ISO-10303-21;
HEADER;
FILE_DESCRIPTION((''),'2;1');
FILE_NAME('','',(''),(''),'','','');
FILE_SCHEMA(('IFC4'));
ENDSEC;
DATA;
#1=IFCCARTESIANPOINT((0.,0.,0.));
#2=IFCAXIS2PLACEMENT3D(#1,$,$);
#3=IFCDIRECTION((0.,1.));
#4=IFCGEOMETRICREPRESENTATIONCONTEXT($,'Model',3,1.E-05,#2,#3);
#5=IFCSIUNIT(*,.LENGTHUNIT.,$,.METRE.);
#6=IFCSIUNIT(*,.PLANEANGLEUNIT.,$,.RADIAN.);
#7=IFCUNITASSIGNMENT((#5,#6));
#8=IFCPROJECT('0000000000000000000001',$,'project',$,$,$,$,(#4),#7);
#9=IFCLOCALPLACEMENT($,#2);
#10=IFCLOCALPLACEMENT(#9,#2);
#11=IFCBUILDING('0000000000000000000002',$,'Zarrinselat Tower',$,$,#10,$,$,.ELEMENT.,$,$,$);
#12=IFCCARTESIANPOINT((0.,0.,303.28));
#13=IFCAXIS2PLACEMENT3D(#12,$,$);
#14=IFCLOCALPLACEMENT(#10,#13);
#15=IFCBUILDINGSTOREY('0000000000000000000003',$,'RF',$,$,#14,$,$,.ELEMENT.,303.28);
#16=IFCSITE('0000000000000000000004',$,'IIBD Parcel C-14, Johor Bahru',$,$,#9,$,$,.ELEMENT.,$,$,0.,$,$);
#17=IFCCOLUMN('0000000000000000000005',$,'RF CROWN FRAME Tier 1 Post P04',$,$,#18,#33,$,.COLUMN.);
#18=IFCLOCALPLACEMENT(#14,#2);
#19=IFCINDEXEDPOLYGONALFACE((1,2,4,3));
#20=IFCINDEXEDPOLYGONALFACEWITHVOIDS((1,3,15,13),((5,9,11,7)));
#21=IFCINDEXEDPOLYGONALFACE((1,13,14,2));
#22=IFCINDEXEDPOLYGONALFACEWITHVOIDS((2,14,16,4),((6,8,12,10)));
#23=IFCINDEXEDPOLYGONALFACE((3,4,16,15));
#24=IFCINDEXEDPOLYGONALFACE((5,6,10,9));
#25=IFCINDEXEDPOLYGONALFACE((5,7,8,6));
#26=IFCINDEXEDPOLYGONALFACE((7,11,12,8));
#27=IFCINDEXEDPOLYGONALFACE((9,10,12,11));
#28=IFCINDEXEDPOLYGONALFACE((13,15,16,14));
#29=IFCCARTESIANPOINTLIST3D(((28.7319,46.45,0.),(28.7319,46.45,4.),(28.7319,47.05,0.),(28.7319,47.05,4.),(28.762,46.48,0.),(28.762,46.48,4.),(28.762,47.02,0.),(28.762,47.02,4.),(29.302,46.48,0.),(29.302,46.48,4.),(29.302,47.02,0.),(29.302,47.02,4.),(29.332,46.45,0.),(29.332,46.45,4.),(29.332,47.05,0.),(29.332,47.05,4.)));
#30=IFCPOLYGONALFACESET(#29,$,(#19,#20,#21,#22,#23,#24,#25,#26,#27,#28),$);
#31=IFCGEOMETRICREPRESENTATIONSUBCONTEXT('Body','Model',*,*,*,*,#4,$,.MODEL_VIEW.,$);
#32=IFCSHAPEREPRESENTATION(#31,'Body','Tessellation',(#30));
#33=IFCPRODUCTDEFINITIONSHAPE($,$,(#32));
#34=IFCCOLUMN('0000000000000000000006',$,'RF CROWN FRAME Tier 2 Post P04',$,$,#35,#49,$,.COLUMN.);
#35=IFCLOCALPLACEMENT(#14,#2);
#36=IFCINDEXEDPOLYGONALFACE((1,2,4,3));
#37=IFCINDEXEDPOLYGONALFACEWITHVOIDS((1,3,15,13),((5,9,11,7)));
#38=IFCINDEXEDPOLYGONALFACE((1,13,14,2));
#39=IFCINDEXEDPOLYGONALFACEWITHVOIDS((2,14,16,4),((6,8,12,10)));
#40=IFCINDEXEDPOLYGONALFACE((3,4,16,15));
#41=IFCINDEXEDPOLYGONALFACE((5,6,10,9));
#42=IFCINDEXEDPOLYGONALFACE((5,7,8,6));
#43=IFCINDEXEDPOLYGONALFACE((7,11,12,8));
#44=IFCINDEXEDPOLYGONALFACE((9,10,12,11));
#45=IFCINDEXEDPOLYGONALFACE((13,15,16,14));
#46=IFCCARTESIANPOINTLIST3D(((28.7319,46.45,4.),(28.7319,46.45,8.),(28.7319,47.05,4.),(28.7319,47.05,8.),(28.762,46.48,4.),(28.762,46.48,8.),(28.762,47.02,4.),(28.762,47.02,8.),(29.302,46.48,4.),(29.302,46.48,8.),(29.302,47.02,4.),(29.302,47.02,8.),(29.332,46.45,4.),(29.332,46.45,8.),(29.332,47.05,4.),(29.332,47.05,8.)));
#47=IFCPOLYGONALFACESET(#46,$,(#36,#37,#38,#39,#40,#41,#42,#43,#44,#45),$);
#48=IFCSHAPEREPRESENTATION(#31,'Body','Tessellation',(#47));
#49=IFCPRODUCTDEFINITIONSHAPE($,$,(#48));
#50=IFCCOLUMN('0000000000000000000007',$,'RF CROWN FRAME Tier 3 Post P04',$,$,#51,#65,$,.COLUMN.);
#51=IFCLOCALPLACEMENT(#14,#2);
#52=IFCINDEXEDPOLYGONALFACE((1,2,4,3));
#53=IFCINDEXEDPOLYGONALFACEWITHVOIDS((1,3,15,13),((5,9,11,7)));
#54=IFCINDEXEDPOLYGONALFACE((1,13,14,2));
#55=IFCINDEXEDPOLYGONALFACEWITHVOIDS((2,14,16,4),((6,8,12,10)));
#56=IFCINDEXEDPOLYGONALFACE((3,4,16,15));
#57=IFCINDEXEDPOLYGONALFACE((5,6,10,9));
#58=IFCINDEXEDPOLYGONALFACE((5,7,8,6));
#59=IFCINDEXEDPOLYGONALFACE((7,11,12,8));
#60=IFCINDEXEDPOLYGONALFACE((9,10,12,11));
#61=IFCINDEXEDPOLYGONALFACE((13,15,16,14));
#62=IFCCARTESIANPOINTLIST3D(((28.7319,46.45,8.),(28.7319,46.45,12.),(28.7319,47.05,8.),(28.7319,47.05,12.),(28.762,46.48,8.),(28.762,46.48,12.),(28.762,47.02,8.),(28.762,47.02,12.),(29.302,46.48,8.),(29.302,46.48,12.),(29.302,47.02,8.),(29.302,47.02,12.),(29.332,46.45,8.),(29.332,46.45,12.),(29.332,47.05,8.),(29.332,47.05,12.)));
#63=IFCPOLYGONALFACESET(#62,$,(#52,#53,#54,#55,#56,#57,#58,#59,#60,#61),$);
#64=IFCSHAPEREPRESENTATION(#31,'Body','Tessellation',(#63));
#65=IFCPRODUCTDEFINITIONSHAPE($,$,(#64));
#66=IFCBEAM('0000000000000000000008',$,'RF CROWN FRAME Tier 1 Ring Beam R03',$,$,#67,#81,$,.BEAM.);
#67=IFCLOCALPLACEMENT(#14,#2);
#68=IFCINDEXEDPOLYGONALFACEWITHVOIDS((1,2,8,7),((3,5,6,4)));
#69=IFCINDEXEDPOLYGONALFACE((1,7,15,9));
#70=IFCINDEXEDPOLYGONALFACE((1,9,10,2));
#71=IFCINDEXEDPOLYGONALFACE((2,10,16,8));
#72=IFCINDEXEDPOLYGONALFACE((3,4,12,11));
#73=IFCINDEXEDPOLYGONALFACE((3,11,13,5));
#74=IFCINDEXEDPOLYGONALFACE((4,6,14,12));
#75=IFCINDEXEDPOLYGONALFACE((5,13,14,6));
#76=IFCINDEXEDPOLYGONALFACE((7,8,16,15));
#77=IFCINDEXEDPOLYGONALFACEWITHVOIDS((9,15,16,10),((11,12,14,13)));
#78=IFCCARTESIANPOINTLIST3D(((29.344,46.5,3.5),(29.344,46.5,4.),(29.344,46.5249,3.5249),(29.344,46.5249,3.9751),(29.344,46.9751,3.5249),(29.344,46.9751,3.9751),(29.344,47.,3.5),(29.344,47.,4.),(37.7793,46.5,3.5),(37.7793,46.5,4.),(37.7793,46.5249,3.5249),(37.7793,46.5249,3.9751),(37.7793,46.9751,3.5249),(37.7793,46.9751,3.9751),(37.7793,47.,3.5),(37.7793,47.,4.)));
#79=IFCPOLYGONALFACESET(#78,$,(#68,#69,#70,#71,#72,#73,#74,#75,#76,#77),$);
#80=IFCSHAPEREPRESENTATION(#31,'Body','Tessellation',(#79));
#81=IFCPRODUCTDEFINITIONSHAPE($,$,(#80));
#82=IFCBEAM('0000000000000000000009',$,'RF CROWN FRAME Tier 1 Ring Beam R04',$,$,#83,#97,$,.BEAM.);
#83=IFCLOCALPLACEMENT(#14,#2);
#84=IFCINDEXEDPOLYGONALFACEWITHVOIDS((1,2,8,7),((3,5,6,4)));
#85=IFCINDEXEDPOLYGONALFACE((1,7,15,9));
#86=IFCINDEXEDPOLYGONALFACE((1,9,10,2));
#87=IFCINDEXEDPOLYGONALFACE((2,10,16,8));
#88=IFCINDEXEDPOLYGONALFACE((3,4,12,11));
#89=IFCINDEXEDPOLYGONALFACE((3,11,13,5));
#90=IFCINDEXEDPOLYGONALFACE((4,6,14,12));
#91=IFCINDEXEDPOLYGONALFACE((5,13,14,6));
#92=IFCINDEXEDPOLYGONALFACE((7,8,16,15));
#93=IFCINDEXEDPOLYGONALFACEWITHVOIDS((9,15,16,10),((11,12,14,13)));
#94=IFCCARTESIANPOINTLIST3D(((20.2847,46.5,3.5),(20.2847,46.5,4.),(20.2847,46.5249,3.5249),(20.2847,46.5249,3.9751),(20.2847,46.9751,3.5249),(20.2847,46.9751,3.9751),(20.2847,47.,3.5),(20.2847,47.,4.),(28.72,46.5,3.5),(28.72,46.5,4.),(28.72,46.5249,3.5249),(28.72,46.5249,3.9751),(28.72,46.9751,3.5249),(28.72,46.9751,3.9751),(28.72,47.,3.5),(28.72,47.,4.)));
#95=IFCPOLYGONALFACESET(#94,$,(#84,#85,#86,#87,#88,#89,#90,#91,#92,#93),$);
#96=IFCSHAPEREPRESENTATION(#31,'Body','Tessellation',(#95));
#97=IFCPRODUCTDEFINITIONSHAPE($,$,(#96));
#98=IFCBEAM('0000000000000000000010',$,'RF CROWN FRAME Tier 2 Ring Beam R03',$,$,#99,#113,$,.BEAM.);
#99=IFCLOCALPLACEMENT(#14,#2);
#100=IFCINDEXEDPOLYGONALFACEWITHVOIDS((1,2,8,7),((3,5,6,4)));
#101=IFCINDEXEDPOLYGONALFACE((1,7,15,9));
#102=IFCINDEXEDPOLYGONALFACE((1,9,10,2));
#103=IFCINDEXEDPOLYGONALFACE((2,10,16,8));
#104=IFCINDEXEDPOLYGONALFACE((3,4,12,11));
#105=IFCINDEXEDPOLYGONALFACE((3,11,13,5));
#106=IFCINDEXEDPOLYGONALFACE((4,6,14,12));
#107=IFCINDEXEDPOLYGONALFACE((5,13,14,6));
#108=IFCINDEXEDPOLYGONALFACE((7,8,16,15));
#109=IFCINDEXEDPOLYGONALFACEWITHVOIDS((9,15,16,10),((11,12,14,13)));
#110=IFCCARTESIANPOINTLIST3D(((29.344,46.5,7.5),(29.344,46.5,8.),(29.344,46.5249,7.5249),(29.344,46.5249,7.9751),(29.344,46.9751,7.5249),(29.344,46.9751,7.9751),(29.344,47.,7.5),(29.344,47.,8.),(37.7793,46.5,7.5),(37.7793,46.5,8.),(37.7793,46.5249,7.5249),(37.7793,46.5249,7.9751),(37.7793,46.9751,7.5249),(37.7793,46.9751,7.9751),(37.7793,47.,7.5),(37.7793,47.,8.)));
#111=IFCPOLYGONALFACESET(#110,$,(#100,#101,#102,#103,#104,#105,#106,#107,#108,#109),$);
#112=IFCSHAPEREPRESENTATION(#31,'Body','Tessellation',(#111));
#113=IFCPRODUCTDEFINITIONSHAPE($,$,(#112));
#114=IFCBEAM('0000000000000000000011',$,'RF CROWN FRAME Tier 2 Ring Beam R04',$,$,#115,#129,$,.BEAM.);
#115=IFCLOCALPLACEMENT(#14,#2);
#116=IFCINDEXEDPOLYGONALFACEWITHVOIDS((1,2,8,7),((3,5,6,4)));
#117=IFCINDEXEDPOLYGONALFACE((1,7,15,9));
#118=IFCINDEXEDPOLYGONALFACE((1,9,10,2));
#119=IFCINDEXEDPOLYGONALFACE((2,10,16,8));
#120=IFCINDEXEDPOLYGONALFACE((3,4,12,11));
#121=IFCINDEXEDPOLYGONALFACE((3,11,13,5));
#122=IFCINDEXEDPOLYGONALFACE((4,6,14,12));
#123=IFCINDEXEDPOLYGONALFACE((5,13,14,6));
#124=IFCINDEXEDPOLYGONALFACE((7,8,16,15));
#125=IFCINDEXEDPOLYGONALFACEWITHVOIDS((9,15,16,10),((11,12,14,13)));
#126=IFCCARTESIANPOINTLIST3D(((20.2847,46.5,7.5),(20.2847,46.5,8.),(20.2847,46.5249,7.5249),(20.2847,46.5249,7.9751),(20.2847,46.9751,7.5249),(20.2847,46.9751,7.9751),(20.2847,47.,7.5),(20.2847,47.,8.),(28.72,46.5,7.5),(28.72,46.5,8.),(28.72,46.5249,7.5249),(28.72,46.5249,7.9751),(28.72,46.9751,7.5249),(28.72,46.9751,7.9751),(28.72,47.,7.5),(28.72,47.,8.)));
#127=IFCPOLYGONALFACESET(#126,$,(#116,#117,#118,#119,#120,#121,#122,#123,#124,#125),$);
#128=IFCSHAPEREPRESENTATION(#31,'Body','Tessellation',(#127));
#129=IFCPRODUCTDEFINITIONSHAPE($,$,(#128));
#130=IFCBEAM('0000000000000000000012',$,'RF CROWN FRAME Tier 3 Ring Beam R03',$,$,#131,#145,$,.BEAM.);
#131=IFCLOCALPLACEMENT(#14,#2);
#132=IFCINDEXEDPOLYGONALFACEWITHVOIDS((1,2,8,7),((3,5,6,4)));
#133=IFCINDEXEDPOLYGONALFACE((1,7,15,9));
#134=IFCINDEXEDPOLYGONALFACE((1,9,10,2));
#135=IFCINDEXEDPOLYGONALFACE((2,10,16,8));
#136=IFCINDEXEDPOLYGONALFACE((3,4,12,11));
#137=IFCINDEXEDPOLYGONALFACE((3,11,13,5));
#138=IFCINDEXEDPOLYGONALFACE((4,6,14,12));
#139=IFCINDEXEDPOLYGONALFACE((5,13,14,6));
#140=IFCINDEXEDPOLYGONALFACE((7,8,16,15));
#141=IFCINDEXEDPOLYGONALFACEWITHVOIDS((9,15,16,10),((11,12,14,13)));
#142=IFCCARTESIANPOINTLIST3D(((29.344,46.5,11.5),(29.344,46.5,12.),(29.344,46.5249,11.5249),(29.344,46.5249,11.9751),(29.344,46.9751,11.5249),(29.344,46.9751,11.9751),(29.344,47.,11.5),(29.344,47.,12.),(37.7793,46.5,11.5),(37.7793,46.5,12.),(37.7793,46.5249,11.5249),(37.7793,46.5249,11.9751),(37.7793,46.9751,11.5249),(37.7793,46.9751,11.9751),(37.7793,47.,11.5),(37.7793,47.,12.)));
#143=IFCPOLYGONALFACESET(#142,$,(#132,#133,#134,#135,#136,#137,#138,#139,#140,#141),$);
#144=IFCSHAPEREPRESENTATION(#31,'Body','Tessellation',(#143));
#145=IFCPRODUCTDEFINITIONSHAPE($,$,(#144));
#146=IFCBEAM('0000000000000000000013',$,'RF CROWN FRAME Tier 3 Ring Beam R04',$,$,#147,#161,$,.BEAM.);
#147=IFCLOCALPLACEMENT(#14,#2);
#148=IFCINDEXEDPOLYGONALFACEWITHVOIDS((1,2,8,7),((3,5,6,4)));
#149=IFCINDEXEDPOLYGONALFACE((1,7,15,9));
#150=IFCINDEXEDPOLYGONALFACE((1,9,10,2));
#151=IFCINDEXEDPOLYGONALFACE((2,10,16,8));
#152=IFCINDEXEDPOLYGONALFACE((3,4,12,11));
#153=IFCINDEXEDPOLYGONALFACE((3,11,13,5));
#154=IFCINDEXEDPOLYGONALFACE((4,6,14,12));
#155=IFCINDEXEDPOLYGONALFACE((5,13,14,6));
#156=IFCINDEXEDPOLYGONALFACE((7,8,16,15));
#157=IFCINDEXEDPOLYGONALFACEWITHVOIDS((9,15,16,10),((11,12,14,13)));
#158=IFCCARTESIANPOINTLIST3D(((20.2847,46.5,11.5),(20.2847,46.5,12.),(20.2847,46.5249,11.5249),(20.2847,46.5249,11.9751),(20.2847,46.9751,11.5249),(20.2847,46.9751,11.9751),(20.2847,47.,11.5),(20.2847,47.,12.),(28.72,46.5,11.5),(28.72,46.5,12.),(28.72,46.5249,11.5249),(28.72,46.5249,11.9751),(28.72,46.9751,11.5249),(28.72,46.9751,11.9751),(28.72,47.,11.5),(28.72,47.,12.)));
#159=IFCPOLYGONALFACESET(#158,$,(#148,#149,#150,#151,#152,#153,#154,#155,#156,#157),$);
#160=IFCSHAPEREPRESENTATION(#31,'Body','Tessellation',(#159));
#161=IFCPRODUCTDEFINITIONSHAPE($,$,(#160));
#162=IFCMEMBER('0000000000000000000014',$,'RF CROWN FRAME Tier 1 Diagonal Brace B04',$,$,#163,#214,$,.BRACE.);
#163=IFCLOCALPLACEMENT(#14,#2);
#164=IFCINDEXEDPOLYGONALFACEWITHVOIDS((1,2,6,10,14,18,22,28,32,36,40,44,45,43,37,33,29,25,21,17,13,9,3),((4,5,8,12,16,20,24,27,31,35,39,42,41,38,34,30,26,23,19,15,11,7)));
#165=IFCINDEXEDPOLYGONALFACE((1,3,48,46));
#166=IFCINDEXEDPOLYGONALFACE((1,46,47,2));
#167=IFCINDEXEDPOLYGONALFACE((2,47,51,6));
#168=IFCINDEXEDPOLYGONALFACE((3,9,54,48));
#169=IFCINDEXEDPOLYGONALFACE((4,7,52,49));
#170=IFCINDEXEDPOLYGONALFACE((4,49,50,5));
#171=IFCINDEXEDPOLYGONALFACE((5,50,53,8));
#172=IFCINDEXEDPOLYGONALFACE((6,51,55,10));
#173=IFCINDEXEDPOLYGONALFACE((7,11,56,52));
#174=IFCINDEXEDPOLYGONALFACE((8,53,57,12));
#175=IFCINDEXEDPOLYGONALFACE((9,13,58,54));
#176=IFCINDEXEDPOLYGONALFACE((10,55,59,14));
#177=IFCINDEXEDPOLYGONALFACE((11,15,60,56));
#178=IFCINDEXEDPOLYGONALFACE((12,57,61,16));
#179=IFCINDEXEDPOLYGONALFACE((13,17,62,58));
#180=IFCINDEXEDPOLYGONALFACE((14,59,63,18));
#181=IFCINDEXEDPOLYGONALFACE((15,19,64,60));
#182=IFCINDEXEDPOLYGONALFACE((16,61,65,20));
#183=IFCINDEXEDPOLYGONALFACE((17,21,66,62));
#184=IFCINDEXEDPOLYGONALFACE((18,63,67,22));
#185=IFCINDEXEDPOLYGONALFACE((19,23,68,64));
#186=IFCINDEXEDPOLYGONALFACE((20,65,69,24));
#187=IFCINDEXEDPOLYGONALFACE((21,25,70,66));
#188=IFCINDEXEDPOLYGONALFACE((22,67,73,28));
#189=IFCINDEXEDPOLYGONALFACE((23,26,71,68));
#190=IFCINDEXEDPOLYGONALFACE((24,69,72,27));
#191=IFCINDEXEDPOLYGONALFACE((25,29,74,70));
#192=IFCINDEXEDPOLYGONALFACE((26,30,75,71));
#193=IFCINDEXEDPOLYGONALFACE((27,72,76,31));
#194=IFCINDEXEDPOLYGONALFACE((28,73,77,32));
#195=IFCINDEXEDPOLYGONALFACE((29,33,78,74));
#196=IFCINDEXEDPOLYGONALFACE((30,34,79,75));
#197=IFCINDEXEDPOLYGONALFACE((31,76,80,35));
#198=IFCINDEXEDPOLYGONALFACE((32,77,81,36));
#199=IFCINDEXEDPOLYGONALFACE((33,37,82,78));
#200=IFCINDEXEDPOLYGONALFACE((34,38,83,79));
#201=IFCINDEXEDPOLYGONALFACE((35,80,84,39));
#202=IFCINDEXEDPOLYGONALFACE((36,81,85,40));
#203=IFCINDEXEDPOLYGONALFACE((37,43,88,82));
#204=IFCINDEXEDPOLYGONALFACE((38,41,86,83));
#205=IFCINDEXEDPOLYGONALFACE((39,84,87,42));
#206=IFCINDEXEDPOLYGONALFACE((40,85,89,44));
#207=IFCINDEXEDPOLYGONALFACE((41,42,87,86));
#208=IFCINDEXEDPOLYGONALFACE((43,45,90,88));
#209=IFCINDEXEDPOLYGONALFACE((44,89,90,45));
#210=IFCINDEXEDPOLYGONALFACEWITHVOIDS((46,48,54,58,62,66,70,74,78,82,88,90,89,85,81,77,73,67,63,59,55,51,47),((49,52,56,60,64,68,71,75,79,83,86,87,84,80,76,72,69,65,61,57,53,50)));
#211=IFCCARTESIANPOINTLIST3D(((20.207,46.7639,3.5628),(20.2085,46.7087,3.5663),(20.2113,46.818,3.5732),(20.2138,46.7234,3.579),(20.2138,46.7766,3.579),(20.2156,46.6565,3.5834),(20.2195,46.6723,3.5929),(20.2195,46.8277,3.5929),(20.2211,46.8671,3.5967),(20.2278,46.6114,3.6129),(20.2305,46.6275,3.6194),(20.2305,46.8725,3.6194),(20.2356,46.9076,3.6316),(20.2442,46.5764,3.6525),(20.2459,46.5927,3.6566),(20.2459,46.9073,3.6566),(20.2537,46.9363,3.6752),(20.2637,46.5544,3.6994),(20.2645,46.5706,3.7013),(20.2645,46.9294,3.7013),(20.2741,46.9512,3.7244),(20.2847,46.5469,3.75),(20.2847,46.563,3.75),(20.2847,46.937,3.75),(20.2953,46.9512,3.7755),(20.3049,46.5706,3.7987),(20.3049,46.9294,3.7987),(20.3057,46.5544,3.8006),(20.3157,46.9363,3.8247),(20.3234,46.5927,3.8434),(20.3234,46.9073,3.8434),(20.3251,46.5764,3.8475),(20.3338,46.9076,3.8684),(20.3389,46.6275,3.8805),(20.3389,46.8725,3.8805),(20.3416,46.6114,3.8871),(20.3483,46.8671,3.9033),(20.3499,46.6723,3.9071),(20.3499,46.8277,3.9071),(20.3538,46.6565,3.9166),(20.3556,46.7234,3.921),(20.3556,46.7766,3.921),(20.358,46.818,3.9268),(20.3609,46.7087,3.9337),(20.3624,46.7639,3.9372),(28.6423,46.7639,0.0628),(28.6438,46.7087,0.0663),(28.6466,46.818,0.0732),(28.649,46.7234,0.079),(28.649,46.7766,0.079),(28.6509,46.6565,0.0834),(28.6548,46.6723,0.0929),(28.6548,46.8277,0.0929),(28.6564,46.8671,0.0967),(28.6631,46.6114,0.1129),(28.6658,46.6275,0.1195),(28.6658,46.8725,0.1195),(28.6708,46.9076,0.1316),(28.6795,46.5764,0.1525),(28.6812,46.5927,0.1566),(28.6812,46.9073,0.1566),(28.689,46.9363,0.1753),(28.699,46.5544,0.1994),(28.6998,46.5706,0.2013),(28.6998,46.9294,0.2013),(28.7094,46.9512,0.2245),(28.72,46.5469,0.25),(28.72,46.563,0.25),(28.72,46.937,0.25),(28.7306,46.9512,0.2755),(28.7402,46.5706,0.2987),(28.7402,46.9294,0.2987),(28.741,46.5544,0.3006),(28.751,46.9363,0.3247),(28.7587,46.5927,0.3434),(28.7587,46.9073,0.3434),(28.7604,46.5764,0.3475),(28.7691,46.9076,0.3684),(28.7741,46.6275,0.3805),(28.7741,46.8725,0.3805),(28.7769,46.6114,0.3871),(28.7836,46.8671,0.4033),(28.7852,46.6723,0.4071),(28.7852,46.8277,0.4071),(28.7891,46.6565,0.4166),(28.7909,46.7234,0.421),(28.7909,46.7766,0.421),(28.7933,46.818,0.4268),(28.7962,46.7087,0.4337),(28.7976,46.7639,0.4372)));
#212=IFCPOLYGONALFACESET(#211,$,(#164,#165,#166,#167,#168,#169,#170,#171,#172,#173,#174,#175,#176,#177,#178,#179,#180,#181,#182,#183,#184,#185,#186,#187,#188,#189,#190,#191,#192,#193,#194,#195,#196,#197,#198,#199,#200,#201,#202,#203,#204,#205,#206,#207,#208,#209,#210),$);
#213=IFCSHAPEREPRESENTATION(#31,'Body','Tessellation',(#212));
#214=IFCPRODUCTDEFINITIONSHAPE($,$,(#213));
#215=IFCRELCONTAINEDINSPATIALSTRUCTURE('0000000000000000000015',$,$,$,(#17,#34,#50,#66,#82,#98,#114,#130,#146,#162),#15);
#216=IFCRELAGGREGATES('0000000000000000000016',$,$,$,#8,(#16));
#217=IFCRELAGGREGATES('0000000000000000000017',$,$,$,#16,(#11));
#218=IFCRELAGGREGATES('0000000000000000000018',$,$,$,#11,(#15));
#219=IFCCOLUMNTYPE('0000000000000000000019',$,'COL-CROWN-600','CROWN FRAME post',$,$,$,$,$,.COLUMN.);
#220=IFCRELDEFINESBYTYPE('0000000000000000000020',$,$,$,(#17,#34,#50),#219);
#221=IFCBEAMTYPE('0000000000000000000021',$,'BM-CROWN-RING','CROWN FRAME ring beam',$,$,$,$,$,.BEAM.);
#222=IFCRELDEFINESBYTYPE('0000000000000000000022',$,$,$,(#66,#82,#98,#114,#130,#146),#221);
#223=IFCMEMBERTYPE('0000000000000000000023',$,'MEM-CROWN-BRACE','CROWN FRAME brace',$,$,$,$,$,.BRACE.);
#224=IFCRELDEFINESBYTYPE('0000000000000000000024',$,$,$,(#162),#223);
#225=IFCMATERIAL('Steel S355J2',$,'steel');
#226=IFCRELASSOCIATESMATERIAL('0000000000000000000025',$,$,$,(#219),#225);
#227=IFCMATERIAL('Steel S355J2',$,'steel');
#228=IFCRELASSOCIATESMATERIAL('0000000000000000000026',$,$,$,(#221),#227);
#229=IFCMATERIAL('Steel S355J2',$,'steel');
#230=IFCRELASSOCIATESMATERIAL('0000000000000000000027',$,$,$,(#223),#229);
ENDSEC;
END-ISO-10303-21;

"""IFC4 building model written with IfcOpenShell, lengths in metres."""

from ifc_helpers import new_model, si_unit, direction, frame, origin, origin_2d, place, context, subcontext, project, spatial, hollow_rectangle, hollow_circle, extrude, material, material_profile, profile_set, type_object, element, save


model = new_model("IFC4")

# Units and contexts
model_context = context("Model", 3, precision=1e-05, world=origin(), true_north=direction((0.0, 1.0)))
body_context = subcontext(model_context, "Body", "Model", "MODEL_VIEW")
ifc_project = project(units=[si_unit("LENGTHUNIT", "METRE"), si_unit("PLANEANGLEUNIT", "RADIAN")], contexts=[model_context])

# Site, building, storey
site_placement = place(None, origin())
site = spatial("IfcSite", under=ifc_project, at=site_placement, Name="IIBD Parcel C-14, Johor Bahru", CompositionType="ELEMENT", RefElevation=0.0)
building_placement = place(site_placement, origin())
building = spatial("IfcBuilding", under=site, at=building_placement, Name="Zarrinselat Tower", CompositionType="ELEMENT")
storey_placement = place(building_placement, frame((0.0, 0.0, 303.28)))
storey = spatial("IfcBuildingStorey", under=building, at=storey_placement, Name="RF", CompositionType="ELEMENT", Elevation=303.28)

# Columns
ifc_material_1 = material(Name="Steel S355J2", Category="steel")
ifc_material_profile_1 = material_profile(ifc_material_1, hollow_rectangle(XDim=0.6001, YDim=0.6001, WallThickness=0.03, at=origin_2d()), Name="SHS 600x600x30")
ifc_profile_set_1 = profile_set([ifc_material_profile_1], Name="Steel S355J2")
column_type = type_object("IfcColumnType", Name="COL-CROWN-600", Description="CROWN FRAME post", PredefinedType="COLUMN", material=ifc_profile_set_1)
for number, where, z_axis, x_axis, name in (
    (1, (29.032, 46.75, 0.0), (0.0, 0.0, 1.0), (1.0, 0.0, 0.0), "RF CROWN FRAME Tier 1 Post P04"),
    (2, (29.032, 46.75, 4.0), (0.0, 0.0, 1.0), (1.0, 0.0, 0.0), "RF CROWN FRAME Tier 2 Post P04"),
    (3, (29.032, 46.75, 8.0), (0.0, 0.0, 1.0), (1.0, 0.0, 0.0), "RF CROWN FRAME Tier 3 Post P04"),
):
    element("IfcColumn", number, at=place(storey_placement, frame(where, z_axis=z_axis, x_axis=x_axis)), inside=storey, type_object=column_type, Name=name, PredefinedType="COLUMN", context=body_context, shape_type="SweptSolid", body=[
        extrude(hollow_rectangle(XDim=0.6001, YDim=0.6001, WallThickness=0.03, at=origin_2d()), origin(), (0.0, 0.0, 1.0), 4.0),
    ])

# Beams
ifc_material_2 = material(Name="Steel S355J2", Category="steel")
ifc_material_profile_2 = material_profile(ifc_material_2, hollow_rectangle(XDim=0.5, YDim=0.5, WallThickness=0.0249, at=origin_2d()), Name="SHS 500x500x25")
ifc_profile_set_2 = profile_set([ifc_material_profile_2], Name="Steel S355J2")
beam_type = type_object("IfcBeamType", Name="BM-CROWN-RING", Description="CROWN FRAME ring beam", PredefinedType="BEAM", material=ifc_profile_set_2)
for number, where, z_axis, x_axis, name in (
    (4, (37.7793, 46.75, 3.75), (-1.0, 0.0, 0.0), (0.0, -1.0, 0.0), "RF CROWN FRAME Tier 1 Ring Beam R03"),
    (5, (28.72, 46.75, 3.75), (-1.0, 0.0, 0.0), (0.0, -1.0, 0.0), "RF CROWN FRAME Tier 1 Ring Beam R04"),
    (6, (37.7793, 46.75, 7.75), (-1.0, 0.0, 0.0), (0.0, -1.0, 0.0), "RF CROWN FRAME Tier 2 Ring Beam R03"),
    (7, (28.72, 46.75, 7.75), (-1.0, 0.0, 0.0), (0.0, -1.0, 0.0), "RF CROWN FRAME Tier 2 Ring Beam R04"),
    (8, (37.7793, 46.75, 11.75), (-1.0, 0.0, 0.0), (0.0, -1.0, 0.0), "RF CROWN FRAME Tier 3 Ring Beam R03"),
    (9, (28.72, 46.75, 11.75), (-1.0, 0.0, 0.0), (0.0, -1.0, 0.0), "RF CROWN FRAME Tier 3 Ring Beam R04"),
):
    element("IfcBeam", number, at=place(storey_placement, frame(where, z_axis=z_axis, x_axis=x_axis)), inside=storey, type_object=beam_type, Name=name, PredefinedType="BEAM", context=body_context, shape_type="SweptSolid", body=[
        extrude(hollow_rectangle(XDim=0.5, YDim=0.5, WallThickness=0.0249, at=origin_2d()), origin(), (0.0, 0.0, 1.0), 8.4353),
    ])

# Member
ifc_material_3 = material(Name="Steel S355J2", Category="steel")
ifc_material_profile_3 = material_profile(ifc_material_3, hollow_circle(Radius=0.2031, WallThickness=0.0161, at=origin_2d()), Name="CHS 406.4x16")
ifc_profile_set_3 = profile_set([ifc_material_profile_3], Name="Steel S355J2")
member_type_1 = type_object("IfcMemberType", Name="MEM-CROWN-BRACE", Description="CROWN FRAME brace", PredefinedType="BRACE", material=ifc_profile_set_3)
for number, where, z_axis, x_axis, name in (
    (10, (28.72, 46.75, 0.25), (-0.923648, 0.0, 0.383243), (0.0, -1.0, 0.0), "RF CROWN FRAME Tier 1 Diagonal Brace B04"),
):
    element("IfcMember", number, at=place(storey_placement, frame(where, z_axis=z_axis, x_axis=x_axis)), inside=storey, type_object=member_type_1, Name=name, PredefinedType="BRACE", context=body_context, shape_type="SweptSolid", body=[
        extrude(hollow_circle(Radius=0.2031, WallThickness=0.0161, at=origin_2d()), origin(), (0.0, 0.0, 1.0), 9.1326),
    ])

save(model, "model.ifc")
